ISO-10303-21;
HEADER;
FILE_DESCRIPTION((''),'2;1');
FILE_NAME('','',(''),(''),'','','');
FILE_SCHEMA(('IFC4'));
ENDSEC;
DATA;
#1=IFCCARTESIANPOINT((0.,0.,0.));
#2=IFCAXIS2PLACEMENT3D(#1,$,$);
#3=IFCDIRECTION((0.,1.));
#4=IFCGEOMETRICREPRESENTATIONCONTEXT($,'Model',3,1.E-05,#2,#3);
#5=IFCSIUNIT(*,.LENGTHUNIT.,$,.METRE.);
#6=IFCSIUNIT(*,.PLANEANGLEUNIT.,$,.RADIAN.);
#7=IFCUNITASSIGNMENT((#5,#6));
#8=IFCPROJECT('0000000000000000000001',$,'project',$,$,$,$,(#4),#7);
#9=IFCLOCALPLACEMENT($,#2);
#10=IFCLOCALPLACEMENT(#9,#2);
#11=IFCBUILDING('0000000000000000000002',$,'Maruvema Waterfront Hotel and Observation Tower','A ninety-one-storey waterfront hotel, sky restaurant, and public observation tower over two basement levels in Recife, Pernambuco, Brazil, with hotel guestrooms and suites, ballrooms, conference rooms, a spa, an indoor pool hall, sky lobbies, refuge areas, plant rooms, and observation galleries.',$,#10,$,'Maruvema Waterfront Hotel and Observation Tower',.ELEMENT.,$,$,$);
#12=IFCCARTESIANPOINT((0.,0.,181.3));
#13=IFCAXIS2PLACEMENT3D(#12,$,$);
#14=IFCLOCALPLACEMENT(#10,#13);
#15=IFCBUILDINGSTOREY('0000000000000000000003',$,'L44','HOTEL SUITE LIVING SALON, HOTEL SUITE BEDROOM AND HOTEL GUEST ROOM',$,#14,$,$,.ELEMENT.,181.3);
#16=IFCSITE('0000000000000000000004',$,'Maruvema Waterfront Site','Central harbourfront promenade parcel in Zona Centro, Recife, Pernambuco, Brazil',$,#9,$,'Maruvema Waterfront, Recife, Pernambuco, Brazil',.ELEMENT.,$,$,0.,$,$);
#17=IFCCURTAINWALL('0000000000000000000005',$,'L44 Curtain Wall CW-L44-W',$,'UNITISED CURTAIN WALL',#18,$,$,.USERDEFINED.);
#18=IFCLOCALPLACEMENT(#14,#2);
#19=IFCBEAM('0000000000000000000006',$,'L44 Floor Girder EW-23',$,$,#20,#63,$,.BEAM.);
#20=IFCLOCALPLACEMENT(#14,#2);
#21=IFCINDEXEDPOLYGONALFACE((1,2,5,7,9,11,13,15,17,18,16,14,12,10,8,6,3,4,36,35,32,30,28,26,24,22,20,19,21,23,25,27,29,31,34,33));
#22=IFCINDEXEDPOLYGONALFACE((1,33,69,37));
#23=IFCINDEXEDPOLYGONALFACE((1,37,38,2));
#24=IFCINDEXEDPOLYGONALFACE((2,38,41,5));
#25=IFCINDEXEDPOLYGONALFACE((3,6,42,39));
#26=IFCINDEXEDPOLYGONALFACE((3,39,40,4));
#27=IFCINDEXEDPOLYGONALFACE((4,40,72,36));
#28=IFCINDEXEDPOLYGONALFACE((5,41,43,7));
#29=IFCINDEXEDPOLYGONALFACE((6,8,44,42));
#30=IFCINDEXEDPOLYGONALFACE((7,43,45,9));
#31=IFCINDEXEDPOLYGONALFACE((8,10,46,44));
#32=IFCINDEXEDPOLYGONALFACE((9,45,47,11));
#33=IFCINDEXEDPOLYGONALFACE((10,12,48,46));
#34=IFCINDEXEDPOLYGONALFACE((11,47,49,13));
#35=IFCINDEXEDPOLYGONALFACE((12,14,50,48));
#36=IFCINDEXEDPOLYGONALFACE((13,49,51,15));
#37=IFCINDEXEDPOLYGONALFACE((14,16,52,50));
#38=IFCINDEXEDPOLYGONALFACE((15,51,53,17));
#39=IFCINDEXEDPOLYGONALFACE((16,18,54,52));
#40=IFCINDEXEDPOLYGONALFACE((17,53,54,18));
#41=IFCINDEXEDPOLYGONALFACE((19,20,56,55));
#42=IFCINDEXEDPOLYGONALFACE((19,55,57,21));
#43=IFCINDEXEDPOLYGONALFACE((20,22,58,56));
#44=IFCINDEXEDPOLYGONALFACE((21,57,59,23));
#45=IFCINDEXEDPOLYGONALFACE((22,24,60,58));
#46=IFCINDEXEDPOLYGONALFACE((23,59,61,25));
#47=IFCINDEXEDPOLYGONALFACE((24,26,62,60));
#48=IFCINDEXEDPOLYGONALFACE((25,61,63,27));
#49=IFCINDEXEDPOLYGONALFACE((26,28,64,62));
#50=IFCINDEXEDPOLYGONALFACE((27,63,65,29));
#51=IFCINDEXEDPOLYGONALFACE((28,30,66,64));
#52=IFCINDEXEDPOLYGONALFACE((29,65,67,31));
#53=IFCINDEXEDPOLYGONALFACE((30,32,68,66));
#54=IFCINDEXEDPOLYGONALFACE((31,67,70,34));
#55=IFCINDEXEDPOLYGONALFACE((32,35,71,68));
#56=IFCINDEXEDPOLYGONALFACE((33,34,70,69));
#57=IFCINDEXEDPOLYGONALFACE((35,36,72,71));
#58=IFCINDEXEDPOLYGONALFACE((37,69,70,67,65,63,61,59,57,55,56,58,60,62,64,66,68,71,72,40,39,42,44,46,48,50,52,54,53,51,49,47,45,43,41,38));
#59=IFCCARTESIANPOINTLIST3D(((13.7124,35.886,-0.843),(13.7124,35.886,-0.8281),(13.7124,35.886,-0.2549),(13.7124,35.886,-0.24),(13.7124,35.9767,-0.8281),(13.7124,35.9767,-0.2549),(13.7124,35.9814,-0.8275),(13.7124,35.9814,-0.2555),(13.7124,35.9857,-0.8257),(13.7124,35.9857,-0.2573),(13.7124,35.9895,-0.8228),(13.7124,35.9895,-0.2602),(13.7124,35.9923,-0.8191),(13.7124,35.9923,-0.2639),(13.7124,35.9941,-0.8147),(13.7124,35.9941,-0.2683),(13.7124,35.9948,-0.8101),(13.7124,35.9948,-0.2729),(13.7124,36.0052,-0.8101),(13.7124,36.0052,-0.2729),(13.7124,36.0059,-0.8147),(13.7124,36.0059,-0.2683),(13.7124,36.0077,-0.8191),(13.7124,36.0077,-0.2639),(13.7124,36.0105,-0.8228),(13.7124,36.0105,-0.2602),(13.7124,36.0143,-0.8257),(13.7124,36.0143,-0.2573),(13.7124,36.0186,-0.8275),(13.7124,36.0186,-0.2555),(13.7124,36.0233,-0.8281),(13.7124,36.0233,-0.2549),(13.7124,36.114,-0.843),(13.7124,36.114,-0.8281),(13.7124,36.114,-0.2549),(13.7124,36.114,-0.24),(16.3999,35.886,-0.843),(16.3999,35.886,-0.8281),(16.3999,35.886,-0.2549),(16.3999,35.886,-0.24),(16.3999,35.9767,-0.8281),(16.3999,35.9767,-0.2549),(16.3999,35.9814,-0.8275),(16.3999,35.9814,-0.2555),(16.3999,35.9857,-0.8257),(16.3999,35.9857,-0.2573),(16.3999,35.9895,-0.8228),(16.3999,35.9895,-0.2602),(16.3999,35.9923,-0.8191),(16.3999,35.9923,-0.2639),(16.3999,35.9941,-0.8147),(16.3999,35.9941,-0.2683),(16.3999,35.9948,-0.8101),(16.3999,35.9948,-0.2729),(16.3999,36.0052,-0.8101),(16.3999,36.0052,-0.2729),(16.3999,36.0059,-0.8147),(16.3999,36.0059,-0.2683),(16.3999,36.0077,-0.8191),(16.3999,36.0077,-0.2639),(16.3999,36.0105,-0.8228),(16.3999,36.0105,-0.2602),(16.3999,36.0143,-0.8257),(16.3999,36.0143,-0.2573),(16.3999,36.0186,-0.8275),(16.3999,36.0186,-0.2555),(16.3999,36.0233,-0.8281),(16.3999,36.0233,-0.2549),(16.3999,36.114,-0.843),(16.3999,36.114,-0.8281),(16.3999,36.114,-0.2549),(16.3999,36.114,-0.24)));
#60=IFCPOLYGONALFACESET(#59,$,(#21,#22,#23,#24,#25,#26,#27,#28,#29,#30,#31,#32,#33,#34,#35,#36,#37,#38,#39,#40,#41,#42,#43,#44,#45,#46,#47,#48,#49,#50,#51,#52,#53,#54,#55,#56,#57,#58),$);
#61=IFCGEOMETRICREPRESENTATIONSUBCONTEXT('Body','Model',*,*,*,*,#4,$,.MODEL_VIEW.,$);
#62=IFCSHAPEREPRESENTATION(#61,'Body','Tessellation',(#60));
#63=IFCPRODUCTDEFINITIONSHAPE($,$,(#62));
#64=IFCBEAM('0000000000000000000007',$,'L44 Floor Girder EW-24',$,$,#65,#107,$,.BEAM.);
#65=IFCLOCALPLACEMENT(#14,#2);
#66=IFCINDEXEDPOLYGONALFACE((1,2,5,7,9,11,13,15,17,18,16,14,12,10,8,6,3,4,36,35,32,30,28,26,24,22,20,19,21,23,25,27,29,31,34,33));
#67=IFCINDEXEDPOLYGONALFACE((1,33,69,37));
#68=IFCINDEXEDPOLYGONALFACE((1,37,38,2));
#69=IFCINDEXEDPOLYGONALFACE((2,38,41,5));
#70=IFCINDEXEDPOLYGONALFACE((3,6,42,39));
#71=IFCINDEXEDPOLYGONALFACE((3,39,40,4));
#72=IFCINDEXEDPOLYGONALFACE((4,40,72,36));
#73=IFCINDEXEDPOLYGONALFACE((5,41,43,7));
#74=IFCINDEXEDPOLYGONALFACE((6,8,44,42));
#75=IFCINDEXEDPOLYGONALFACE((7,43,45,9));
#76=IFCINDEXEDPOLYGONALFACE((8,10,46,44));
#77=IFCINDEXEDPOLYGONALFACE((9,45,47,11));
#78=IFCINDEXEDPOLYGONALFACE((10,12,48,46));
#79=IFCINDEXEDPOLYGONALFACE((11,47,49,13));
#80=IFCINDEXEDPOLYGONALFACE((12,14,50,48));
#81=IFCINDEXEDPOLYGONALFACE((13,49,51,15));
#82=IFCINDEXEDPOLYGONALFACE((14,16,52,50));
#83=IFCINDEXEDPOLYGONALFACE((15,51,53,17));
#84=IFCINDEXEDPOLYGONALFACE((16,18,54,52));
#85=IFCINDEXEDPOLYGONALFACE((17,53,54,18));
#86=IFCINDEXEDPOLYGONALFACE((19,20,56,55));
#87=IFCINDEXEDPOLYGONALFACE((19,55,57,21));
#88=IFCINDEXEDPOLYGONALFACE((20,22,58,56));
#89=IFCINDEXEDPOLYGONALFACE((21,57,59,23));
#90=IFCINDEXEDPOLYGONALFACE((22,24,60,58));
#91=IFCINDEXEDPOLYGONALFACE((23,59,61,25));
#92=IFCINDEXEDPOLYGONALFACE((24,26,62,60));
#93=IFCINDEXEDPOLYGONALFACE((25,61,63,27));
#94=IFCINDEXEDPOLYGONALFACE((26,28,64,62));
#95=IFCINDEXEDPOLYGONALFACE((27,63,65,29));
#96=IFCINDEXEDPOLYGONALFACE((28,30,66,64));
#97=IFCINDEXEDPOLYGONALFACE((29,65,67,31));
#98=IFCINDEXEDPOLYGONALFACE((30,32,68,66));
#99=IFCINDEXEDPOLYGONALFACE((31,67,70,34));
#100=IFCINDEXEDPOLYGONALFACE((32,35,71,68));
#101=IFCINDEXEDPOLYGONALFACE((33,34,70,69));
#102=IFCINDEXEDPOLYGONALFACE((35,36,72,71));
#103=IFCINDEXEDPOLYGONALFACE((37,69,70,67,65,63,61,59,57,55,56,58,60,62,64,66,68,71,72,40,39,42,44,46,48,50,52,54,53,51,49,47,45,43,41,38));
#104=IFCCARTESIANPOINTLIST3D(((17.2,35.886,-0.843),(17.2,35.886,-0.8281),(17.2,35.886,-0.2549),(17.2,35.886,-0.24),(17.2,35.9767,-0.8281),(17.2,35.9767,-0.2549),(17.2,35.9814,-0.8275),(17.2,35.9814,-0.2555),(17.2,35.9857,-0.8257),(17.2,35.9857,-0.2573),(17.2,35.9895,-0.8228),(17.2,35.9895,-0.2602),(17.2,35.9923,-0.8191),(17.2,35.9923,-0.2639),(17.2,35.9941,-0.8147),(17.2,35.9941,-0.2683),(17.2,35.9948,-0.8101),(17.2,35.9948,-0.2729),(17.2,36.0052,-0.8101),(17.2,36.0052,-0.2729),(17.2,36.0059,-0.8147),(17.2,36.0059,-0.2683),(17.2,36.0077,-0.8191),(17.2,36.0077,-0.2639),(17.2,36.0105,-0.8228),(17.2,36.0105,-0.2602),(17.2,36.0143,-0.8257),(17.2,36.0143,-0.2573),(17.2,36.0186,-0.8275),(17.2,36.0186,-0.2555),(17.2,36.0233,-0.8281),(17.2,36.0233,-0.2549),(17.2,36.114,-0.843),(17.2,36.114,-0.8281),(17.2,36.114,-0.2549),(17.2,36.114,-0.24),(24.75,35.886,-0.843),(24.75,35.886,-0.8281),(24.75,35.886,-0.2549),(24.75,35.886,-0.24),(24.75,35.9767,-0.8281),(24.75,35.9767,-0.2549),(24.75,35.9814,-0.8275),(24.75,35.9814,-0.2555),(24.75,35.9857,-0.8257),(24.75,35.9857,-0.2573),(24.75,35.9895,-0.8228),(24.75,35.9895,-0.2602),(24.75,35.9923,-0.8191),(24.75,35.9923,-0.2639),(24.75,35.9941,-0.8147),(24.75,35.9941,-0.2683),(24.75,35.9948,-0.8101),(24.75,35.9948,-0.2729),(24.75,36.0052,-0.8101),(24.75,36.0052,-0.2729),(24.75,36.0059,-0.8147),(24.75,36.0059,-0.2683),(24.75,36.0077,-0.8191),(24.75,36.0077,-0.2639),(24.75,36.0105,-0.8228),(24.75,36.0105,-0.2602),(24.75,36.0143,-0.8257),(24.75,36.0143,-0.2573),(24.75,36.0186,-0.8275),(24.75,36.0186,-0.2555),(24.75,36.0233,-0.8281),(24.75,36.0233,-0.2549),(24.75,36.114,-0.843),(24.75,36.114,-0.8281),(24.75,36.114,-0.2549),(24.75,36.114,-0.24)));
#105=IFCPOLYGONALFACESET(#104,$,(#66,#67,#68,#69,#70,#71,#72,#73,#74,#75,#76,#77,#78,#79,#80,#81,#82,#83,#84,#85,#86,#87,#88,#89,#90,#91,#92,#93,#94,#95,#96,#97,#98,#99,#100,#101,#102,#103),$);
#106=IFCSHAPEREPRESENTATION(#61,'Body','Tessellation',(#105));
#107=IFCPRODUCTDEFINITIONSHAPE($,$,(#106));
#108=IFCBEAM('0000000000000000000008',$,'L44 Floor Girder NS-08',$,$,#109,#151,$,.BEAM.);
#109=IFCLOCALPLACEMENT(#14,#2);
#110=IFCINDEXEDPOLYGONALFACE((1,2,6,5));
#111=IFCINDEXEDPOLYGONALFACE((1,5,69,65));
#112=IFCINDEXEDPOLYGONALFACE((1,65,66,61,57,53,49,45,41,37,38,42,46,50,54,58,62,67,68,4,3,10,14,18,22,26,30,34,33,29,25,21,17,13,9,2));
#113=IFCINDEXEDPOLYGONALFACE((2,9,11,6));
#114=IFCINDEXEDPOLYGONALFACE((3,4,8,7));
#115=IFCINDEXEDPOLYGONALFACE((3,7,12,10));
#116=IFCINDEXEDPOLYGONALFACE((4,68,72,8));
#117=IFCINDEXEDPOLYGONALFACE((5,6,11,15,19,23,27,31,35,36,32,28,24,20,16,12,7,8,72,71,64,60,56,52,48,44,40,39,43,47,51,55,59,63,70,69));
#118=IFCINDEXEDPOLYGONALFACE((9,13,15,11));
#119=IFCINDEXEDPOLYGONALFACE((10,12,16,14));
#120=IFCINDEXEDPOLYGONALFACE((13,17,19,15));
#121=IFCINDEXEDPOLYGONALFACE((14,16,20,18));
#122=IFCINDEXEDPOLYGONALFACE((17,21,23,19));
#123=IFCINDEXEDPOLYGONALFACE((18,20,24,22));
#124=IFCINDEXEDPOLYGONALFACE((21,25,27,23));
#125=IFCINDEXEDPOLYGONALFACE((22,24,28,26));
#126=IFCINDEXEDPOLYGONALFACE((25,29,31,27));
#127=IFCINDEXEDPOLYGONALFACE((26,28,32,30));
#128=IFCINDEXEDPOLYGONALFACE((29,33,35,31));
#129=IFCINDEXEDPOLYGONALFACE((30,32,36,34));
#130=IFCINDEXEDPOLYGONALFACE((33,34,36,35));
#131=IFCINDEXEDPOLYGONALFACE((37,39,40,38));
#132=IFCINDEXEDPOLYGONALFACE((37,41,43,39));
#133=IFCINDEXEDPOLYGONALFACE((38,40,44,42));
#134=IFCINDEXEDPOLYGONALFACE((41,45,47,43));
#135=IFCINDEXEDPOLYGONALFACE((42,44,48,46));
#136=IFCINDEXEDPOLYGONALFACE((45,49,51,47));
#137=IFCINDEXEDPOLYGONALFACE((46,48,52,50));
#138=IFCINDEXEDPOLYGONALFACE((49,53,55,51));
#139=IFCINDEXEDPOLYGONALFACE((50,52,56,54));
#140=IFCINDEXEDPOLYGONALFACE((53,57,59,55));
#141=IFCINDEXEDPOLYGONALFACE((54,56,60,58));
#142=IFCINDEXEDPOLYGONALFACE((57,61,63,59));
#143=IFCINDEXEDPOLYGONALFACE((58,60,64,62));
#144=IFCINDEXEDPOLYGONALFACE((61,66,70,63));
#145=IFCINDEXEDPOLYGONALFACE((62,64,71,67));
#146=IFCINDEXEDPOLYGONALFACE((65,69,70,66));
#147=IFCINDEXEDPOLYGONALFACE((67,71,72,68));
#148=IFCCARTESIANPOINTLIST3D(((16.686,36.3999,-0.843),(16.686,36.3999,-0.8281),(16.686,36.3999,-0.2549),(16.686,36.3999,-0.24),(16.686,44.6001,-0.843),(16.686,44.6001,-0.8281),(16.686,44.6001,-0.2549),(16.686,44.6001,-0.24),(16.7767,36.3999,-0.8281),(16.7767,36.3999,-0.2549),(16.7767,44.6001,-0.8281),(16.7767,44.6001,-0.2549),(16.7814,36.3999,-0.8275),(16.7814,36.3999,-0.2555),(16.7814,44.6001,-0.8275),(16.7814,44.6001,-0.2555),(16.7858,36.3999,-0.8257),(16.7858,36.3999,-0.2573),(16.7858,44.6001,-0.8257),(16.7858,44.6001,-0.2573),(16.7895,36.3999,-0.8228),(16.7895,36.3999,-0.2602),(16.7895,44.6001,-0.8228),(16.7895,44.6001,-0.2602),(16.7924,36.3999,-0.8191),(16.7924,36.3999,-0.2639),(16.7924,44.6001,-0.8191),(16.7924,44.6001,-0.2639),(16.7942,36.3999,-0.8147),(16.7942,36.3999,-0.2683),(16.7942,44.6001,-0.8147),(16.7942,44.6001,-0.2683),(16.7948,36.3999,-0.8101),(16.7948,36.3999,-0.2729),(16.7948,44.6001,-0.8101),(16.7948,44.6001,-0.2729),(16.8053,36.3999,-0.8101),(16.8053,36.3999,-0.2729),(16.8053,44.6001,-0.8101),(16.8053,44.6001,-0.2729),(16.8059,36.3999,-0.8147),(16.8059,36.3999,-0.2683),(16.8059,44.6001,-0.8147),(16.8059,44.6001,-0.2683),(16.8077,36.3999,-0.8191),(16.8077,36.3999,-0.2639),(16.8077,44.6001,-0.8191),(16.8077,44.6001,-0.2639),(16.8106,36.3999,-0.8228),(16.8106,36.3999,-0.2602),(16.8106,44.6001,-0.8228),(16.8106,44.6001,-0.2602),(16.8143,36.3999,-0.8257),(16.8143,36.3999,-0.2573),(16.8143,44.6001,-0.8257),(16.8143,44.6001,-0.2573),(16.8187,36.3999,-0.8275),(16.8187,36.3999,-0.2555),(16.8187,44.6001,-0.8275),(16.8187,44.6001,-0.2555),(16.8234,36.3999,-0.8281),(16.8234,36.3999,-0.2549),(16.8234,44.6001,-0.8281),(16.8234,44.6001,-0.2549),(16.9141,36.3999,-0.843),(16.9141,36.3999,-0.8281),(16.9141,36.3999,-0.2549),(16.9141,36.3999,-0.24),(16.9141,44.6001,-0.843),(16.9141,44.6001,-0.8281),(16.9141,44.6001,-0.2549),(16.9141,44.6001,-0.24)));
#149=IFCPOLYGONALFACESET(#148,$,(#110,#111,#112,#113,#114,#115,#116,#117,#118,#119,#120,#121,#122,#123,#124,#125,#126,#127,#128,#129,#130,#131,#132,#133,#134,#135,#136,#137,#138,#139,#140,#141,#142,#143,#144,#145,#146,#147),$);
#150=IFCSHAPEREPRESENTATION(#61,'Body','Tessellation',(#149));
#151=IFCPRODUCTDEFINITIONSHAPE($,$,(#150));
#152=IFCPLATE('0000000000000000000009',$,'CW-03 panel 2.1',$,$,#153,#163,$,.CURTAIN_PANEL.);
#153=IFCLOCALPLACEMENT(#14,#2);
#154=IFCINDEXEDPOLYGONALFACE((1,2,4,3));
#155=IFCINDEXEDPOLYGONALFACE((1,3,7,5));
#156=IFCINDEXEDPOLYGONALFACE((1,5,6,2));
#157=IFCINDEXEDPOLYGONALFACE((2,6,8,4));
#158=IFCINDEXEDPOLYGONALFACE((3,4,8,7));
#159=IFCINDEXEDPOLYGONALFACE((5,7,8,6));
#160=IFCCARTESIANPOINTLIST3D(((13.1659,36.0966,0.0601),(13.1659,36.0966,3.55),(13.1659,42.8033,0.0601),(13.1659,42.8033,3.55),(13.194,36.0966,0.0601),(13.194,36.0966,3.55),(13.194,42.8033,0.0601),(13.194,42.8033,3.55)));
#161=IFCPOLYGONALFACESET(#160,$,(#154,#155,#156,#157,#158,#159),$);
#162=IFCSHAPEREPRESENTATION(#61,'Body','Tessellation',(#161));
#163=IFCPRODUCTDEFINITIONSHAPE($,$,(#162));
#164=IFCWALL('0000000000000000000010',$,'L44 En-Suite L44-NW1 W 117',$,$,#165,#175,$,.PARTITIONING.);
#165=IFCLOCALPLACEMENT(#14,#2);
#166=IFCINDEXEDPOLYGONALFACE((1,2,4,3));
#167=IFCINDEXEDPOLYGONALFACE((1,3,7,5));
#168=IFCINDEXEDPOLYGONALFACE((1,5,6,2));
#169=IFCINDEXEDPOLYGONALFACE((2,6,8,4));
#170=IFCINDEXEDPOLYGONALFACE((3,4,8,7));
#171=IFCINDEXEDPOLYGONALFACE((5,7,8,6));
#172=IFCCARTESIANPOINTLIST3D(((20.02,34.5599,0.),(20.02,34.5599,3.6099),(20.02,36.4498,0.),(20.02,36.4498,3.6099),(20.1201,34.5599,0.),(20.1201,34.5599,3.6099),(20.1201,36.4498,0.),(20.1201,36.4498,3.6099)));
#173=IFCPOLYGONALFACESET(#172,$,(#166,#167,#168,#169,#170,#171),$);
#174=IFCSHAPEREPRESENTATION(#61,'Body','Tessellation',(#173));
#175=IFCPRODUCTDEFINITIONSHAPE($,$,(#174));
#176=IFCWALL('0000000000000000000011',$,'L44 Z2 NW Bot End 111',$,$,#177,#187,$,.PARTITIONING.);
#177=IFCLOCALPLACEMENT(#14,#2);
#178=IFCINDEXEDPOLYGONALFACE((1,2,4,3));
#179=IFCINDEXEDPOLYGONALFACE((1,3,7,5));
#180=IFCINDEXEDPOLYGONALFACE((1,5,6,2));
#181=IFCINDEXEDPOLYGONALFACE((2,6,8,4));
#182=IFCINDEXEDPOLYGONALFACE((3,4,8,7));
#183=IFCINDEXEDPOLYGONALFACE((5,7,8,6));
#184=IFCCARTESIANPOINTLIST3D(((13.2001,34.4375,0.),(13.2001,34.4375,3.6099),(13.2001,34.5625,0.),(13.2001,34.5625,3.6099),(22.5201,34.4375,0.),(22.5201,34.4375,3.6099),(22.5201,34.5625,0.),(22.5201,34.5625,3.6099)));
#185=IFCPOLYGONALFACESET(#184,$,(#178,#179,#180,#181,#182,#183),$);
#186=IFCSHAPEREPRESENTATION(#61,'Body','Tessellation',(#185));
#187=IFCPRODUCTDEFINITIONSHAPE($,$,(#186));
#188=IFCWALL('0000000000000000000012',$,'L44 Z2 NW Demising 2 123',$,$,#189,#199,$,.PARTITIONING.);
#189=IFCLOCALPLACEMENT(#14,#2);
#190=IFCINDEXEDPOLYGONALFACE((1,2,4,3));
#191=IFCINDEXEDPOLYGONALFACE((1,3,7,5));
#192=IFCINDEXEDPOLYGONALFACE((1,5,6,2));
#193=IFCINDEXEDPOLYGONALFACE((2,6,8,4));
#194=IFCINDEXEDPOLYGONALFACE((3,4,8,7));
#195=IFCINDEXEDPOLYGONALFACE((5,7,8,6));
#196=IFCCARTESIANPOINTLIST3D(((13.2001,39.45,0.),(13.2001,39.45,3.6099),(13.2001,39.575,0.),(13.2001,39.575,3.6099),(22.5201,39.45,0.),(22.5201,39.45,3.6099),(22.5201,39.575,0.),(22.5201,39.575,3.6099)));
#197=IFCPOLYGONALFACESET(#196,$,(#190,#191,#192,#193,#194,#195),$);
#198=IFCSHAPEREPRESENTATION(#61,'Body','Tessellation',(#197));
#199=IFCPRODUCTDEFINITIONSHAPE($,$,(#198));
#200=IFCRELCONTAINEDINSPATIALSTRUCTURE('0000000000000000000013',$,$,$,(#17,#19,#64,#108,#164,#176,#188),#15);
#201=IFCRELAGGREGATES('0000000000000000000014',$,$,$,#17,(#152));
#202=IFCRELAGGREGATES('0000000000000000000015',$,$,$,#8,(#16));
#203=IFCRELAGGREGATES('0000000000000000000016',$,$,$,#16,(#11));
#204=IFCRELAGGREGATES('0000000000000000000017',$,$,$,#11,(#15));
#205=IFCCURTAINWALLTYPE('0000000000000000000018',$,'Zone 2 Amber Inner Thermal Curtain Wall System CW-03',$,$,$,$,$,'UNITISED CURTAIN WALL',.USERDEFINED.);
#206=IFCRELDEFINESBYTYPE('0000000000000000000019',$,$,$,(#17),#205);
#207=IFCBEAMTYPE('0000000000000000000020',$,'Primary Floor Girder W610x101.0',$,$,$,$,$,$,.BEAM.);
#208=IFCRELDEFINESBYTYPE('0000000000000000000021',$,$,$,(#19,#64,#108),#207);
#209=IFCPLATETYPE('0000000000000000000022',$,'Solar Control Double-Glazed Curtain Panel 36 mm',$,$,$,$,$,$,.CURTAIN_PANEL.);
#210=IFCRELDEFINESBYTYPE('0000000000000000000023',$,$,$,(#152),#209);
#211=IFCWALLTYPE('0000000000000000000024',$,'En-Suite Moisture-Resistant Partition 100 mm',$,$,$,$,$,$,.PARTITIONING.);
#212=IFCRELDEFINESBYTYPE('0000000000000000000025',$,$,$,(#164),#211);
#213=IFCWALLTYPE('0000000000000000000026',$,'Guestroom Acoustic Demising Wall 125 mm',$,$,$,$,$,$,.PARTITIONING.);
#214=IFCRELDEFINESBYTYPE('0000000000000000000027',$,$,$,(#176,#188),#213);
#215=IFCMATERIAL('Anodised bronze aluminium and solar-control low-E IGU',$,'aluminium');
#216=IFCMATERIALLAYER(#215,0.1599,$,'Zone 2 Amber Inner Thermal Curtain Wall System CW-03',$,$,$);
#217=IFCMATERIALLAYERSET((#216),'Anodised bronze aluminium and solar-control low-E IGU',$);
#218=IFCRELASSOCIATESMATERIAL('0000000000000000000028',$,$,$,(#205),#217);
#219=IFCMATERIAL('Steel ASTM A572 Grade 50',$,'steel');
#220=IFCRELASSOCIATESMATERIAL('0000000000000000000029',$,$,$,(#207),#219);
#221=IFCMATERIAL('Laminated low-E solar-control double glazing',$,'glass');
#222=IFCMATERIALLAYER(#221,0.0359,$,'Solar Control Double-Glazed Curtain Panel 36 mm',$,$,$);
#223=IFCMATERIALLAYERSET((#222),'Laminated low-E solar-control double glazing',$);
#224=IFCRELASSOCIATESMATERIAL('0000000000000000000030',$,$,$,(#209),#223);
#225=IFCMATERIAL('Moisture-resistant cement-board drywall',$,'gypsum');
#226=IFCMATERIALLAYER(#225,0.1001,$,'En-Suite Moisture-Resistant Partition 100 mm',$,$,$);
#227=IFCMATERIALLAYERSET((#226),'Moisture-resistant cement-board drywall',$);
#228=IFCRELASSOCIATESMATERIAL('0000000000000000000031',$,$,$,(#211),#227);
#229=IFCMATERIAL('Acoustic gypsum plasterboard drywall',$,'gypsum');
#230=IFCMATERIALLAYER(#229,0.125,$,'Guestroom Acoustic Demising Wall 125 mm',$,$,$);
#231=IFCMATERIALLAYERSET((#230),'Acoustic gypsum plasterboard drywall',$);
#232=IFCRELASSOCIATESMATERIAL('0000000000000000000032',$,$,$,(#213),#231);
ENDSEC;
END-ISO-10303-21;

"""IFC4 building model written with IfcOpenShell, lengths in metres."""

from ifc_helpers import new_model, si_unit, direction, frame, frame_2d, origin, origin_2d, place, context, subcontext, project, spatial, rectangle, i_section, extrude, material, layer, layer_set, material_profile, profile_set, type_object, element, aggregate, save


model = new_model("IFC4")

# Units and contexts
model_context = context("Model", 3, precision=1e-05, world=origin(), true_north=direction((0.0, 1.0)))
body_context = subcontext(model_context, "Body", "Model", "MODEL_VIEW")
ifc_project = project(units=[si_unit("LENGTHUNIT", "METRE"), si_unit("PLANEANGLEUNIT", "RADIAN")], contexts=[model_context])

# Site, building, storey
site_placement = place(None, origin())
site = spatial("IfcSite", under=ifc_project, at=site_placement, Name="Maruvema Waterfront Site", Description="Central harbourfront promenade parcel in Zona Centro, Recife, Pernambuco, Brazil", LongName="Maruvema Waterfront, Recife, Pernambuco, Brazil", CompositionType="ELEMENT", RefElevation=0.0)
building_placement = place(site_placement, origin())
building = spatial("IfcBuilding", under=site, at=building_placement, Name="Maruvema Waterfront Hotel and Observation Tower", Description="A ninety-one-storey waterfront hotel, sky restaurant, and public observation tower over two basement levels in Recife, Pernambuco, Brazil, with hotel guestrooms and suites, ballrooms, conference rooms, a spa, an indoor pool hall, sky lobbies, refuge areas, plant rooms, and observation galleries.", LongName="Maruvema Waterfront Hotel and Observation Tower", CompositionType="ELEMENT")
storey_placement = place(building_placement, frame((0.0, 0.0, 181.3)))
storey = spatial("IfcBuildingStorey", under=building, at=storey_placement, Name="L44", Description="HOTEL SUITE LIVING SALON, HOTEL SUITE BEDROOM AND HOTEL GUEST ROOM", CompositionType="ELEMENT", Elevation=181.3)

# Curtain wall
ifc_material_1 = material(Name="Anodised bronze aluminium and solar-control low-E IGU", Category="aluminium")
ifc_layer_1 = layer(ifc_material_1, 0.1599, Name="Zone 2 Amber Inner Thermal Curtain Wall System CW-03")
ifc_layer_set_1 = layer_set([ifc_layer_1], Name="Anodised bronze aluminium and solar-control low-E IGU")
curtain_wall_type = type_object("IfcCurtainWallType", Name="Zone 2 Amber Inner Thermal Curtain Wall System CW-03", ElementType="UNITISED CURTAIN WALL", PredefinedType="USERDEFINED", material=ifc_layer_set_1)
curtain_wall_placement = place(storey_placement, origin())
curtain_wall = element("IfcCurtainWall", 1, at=curtain_wall_placement, inside=storey, type_object=curtain_wall_type, Name="L44 Curtain Wall CW-L44-W", ObjectType="UNITISED CURTAIN WALL", PredefinedType="USERDEFINED")

# Beams
ifc_material_2 = material(Name="Steel ASTM A572 Grade 50", Category="steel")
ifc_material_profile_1 = material_profile(ifc_material_2, i_section(OverallWidth=0.228, OverallDepth=0.603, WebThickness=0.0105, FlangeThickness=0.0149, FilletRadius=0.0181, at=origin_2d()), Name="W610x101.0")
ifc_profile_set_1 = profile_set([ifc_material_profile_1], Name="Steel ASTM A572 Grade 50")
beam_type_1 = type_object("IfcBeamType", Name="Primary Floor Girder W610x101.0", PredefinedType="BEAM", material=ifc_profile_set_1)
beam_1_placement = place(storey_placement, frame((13.7124, 36.0, -0.5415), z_axis=(1.0, 0.0, 0.0), x_axis=(0.0, 1.0, 0.0)))
element("IfcBeam", 2, at=beam_1_placement, inside=storey, type_object=beam_type_1, Name="L44 Floor Girder EW-23", PredefinedType="BEAM", context=body_context, shape_type="SweptSolid", body=[
    extrude(i_section(OverallWidth=0.228, OverallDepth=0.603, WebThickness=0.0105, FlangeThickness=0.0149, FilletRadius=0.0181, at=origin_2d()), origin(), (0.0, 0.0, 1.0), 2.6875),
])
beam_2_placement = place(storey_placement, frame((17.2, 36.0, -0.5415), z_axis=(1.0, 0.0, 0.0), x_axis=(0.0, 1.0, 0.0)))
element("IfcBeam", 3, at=beam_2_placement, inside=storey, type_object=beam_type_1, Name="L44 Floor Girder EW-24", PredefinedType="BEAM", context=body_context, shape_type="SweptSolid", body=[
    extrude(i_section(OverallWidth=0.228, OverallDepth=0.603, WebThickness=0.0105, FlangeThickness=0.0149, FilletRadius=0.0181, at=origin_2d()), origin(), (0.0, 0.0, 1.0), 7.55),
])
beam_3_placement = place(storey_placement, frame((16.8, 36.3999, -0.5415), z_axis=(0.0, 1.0, 0.0), x_axis=(-1.0, 0.0, 0.0)))
element("IfcBeam", 4, at=beam_3_placement, inside=storey, type_object=beam_type_1, Name="L44 Floor Girder NS-08", PredefinedType="BEAM", context=body_context, shape_type="SweptSolid", body=[
    extrude(i_section(OverallWidth=0.228, OverallDepth=0.603, WebThickness=0.0105, FlangeThickness=0.0149, FilletRadius=0.0181, at=origin_2d()), origin(), (0.0, 0.0, 1.0), 8.2002),
])

# Plate
ifc_material_3 = material(Name="Laminated low-E solar-control double glazing", Category="glass")
ifc_layer_2 = layer(ifc_material_3, 0.0359, Name="Solar Control Double-Glazed Curtain Panel 36 mm")
ifc_layer_set_2 = layer_set([ifc_layer_2], Name="Laminated low-E solar-control double glazing")
plate_type = type_object("IfcPlateType", Name="Solar Control Double-Glazed Curtain Panel 36 mm", PredefinedType="CURTAIN_PANEL", material=ifc_layer_set_2)
plate_placement = place(storey_placement, frame((13.1799, 39.45, 0.0601), z_axis=(0.0, 0.0, 1.0), x_axis=(0.0, -1.0, 0.0)))
plate = element("IfcPlate", 5, at=plate_placement, type_object=plate_type, Name="CW-03 panel 2.1", PredefinedType="CURTAIN_PANEL", context=body_context, shape_type="SweptSolid", body=[
    extrude(rectangle(XDim=6.7068, YDim=0.0281, at=origin_2d()), origin(), (0.0, 0.0, 1.0), 3.49),
])
aggregate(curtain_wall, [plate])

# Walls
ifc_material_4 = material(Name="Moisture-resistant cement-board drywall", Category="gypsum")
ifc_layer_3 = layer(ifc_material_4, 0.1001, Name="En-Suite Moisture-Resistant Partition 100 mm")
ifc_layer_set_3 = layer_set([ifc_layer_3], Name="Moisture-resistant cement-board drywall")
wall_type_1 = type_object("IfcWallType", Name="En-Suite Moisture-Resistant Partition 100 mm", PredefinedType="PARTITIONING", material=ifc_layer_set_3)
wall_placement = place(storey_placement, frame((20.0701, 34.5601, 0.0), z_axis=(0.0, 0.0, 1.0), x_axis=(0.0, 1.0, 0.0)))
element("IfcWall", 6, at=wall_placement, inside=storey, type_object=wall_type_1, Name="L44 En-Suite L44-NW1 W 117", PredefinedType="PARTITIONING", context=body_context, shape_type="SweptSolid", body=[
    extrude(rectangle(XDim=1.8899, YDim=0.1001, at=frame_2d((0.9448, 0.0))), origin(), (0.0, 0.0, 1.0), 3.6099),
])
ifc_material_5 = material(Name="Acoustic gypsum plasterboard drywall", Category="gypsum")
ifc_layer_4 = layer(ifc_material_5, 0.125, Name="Guestroom Acoustic Demising Wall 125 mm")
ifc_layer_set_4 = layer_set([ifc_layer_4], Name="Acoustic gypsum plasterboard drywall")
wall_type_2 = type_object("IfcWallType", Name="Guestroom Acoustic Demising Wall 125 mm", PredefinedType="PARTITIONING", material=ifc_layer_set_4)
for number, where, z_axis, x_axis, name in (
    (7, (13.2, 34.5, 0.0), (0.0, 0.0, 1.0), (1.0, 0.0, 0.0), "L44 Z2 NW Bot End 111"),
    (8, (13.2, 39.5125, 0.0), (0.0, 0.0, 1.0), (1.0, 0.0, 0.0), "L44 Z2 NW Demising 2 123"),
):
    element("IfcWall", number, at=place(storey_placement, frame(where, z_axis=z_axis, x_axis=x_axis)), inside=storey, type_object=wall_type_2, Name=name, PredefinedType="PARTITIONING", context=body_context, shape_type="SweptSolid", body=[
        extrude(rectangle(XDim=9.3201, YDim=0.125, at=frame_2d((4.6602, 0.0))), origin(), (0.0, 0.0, 1.0), 3.6099),
    ])

save(model, "model.ifc")
